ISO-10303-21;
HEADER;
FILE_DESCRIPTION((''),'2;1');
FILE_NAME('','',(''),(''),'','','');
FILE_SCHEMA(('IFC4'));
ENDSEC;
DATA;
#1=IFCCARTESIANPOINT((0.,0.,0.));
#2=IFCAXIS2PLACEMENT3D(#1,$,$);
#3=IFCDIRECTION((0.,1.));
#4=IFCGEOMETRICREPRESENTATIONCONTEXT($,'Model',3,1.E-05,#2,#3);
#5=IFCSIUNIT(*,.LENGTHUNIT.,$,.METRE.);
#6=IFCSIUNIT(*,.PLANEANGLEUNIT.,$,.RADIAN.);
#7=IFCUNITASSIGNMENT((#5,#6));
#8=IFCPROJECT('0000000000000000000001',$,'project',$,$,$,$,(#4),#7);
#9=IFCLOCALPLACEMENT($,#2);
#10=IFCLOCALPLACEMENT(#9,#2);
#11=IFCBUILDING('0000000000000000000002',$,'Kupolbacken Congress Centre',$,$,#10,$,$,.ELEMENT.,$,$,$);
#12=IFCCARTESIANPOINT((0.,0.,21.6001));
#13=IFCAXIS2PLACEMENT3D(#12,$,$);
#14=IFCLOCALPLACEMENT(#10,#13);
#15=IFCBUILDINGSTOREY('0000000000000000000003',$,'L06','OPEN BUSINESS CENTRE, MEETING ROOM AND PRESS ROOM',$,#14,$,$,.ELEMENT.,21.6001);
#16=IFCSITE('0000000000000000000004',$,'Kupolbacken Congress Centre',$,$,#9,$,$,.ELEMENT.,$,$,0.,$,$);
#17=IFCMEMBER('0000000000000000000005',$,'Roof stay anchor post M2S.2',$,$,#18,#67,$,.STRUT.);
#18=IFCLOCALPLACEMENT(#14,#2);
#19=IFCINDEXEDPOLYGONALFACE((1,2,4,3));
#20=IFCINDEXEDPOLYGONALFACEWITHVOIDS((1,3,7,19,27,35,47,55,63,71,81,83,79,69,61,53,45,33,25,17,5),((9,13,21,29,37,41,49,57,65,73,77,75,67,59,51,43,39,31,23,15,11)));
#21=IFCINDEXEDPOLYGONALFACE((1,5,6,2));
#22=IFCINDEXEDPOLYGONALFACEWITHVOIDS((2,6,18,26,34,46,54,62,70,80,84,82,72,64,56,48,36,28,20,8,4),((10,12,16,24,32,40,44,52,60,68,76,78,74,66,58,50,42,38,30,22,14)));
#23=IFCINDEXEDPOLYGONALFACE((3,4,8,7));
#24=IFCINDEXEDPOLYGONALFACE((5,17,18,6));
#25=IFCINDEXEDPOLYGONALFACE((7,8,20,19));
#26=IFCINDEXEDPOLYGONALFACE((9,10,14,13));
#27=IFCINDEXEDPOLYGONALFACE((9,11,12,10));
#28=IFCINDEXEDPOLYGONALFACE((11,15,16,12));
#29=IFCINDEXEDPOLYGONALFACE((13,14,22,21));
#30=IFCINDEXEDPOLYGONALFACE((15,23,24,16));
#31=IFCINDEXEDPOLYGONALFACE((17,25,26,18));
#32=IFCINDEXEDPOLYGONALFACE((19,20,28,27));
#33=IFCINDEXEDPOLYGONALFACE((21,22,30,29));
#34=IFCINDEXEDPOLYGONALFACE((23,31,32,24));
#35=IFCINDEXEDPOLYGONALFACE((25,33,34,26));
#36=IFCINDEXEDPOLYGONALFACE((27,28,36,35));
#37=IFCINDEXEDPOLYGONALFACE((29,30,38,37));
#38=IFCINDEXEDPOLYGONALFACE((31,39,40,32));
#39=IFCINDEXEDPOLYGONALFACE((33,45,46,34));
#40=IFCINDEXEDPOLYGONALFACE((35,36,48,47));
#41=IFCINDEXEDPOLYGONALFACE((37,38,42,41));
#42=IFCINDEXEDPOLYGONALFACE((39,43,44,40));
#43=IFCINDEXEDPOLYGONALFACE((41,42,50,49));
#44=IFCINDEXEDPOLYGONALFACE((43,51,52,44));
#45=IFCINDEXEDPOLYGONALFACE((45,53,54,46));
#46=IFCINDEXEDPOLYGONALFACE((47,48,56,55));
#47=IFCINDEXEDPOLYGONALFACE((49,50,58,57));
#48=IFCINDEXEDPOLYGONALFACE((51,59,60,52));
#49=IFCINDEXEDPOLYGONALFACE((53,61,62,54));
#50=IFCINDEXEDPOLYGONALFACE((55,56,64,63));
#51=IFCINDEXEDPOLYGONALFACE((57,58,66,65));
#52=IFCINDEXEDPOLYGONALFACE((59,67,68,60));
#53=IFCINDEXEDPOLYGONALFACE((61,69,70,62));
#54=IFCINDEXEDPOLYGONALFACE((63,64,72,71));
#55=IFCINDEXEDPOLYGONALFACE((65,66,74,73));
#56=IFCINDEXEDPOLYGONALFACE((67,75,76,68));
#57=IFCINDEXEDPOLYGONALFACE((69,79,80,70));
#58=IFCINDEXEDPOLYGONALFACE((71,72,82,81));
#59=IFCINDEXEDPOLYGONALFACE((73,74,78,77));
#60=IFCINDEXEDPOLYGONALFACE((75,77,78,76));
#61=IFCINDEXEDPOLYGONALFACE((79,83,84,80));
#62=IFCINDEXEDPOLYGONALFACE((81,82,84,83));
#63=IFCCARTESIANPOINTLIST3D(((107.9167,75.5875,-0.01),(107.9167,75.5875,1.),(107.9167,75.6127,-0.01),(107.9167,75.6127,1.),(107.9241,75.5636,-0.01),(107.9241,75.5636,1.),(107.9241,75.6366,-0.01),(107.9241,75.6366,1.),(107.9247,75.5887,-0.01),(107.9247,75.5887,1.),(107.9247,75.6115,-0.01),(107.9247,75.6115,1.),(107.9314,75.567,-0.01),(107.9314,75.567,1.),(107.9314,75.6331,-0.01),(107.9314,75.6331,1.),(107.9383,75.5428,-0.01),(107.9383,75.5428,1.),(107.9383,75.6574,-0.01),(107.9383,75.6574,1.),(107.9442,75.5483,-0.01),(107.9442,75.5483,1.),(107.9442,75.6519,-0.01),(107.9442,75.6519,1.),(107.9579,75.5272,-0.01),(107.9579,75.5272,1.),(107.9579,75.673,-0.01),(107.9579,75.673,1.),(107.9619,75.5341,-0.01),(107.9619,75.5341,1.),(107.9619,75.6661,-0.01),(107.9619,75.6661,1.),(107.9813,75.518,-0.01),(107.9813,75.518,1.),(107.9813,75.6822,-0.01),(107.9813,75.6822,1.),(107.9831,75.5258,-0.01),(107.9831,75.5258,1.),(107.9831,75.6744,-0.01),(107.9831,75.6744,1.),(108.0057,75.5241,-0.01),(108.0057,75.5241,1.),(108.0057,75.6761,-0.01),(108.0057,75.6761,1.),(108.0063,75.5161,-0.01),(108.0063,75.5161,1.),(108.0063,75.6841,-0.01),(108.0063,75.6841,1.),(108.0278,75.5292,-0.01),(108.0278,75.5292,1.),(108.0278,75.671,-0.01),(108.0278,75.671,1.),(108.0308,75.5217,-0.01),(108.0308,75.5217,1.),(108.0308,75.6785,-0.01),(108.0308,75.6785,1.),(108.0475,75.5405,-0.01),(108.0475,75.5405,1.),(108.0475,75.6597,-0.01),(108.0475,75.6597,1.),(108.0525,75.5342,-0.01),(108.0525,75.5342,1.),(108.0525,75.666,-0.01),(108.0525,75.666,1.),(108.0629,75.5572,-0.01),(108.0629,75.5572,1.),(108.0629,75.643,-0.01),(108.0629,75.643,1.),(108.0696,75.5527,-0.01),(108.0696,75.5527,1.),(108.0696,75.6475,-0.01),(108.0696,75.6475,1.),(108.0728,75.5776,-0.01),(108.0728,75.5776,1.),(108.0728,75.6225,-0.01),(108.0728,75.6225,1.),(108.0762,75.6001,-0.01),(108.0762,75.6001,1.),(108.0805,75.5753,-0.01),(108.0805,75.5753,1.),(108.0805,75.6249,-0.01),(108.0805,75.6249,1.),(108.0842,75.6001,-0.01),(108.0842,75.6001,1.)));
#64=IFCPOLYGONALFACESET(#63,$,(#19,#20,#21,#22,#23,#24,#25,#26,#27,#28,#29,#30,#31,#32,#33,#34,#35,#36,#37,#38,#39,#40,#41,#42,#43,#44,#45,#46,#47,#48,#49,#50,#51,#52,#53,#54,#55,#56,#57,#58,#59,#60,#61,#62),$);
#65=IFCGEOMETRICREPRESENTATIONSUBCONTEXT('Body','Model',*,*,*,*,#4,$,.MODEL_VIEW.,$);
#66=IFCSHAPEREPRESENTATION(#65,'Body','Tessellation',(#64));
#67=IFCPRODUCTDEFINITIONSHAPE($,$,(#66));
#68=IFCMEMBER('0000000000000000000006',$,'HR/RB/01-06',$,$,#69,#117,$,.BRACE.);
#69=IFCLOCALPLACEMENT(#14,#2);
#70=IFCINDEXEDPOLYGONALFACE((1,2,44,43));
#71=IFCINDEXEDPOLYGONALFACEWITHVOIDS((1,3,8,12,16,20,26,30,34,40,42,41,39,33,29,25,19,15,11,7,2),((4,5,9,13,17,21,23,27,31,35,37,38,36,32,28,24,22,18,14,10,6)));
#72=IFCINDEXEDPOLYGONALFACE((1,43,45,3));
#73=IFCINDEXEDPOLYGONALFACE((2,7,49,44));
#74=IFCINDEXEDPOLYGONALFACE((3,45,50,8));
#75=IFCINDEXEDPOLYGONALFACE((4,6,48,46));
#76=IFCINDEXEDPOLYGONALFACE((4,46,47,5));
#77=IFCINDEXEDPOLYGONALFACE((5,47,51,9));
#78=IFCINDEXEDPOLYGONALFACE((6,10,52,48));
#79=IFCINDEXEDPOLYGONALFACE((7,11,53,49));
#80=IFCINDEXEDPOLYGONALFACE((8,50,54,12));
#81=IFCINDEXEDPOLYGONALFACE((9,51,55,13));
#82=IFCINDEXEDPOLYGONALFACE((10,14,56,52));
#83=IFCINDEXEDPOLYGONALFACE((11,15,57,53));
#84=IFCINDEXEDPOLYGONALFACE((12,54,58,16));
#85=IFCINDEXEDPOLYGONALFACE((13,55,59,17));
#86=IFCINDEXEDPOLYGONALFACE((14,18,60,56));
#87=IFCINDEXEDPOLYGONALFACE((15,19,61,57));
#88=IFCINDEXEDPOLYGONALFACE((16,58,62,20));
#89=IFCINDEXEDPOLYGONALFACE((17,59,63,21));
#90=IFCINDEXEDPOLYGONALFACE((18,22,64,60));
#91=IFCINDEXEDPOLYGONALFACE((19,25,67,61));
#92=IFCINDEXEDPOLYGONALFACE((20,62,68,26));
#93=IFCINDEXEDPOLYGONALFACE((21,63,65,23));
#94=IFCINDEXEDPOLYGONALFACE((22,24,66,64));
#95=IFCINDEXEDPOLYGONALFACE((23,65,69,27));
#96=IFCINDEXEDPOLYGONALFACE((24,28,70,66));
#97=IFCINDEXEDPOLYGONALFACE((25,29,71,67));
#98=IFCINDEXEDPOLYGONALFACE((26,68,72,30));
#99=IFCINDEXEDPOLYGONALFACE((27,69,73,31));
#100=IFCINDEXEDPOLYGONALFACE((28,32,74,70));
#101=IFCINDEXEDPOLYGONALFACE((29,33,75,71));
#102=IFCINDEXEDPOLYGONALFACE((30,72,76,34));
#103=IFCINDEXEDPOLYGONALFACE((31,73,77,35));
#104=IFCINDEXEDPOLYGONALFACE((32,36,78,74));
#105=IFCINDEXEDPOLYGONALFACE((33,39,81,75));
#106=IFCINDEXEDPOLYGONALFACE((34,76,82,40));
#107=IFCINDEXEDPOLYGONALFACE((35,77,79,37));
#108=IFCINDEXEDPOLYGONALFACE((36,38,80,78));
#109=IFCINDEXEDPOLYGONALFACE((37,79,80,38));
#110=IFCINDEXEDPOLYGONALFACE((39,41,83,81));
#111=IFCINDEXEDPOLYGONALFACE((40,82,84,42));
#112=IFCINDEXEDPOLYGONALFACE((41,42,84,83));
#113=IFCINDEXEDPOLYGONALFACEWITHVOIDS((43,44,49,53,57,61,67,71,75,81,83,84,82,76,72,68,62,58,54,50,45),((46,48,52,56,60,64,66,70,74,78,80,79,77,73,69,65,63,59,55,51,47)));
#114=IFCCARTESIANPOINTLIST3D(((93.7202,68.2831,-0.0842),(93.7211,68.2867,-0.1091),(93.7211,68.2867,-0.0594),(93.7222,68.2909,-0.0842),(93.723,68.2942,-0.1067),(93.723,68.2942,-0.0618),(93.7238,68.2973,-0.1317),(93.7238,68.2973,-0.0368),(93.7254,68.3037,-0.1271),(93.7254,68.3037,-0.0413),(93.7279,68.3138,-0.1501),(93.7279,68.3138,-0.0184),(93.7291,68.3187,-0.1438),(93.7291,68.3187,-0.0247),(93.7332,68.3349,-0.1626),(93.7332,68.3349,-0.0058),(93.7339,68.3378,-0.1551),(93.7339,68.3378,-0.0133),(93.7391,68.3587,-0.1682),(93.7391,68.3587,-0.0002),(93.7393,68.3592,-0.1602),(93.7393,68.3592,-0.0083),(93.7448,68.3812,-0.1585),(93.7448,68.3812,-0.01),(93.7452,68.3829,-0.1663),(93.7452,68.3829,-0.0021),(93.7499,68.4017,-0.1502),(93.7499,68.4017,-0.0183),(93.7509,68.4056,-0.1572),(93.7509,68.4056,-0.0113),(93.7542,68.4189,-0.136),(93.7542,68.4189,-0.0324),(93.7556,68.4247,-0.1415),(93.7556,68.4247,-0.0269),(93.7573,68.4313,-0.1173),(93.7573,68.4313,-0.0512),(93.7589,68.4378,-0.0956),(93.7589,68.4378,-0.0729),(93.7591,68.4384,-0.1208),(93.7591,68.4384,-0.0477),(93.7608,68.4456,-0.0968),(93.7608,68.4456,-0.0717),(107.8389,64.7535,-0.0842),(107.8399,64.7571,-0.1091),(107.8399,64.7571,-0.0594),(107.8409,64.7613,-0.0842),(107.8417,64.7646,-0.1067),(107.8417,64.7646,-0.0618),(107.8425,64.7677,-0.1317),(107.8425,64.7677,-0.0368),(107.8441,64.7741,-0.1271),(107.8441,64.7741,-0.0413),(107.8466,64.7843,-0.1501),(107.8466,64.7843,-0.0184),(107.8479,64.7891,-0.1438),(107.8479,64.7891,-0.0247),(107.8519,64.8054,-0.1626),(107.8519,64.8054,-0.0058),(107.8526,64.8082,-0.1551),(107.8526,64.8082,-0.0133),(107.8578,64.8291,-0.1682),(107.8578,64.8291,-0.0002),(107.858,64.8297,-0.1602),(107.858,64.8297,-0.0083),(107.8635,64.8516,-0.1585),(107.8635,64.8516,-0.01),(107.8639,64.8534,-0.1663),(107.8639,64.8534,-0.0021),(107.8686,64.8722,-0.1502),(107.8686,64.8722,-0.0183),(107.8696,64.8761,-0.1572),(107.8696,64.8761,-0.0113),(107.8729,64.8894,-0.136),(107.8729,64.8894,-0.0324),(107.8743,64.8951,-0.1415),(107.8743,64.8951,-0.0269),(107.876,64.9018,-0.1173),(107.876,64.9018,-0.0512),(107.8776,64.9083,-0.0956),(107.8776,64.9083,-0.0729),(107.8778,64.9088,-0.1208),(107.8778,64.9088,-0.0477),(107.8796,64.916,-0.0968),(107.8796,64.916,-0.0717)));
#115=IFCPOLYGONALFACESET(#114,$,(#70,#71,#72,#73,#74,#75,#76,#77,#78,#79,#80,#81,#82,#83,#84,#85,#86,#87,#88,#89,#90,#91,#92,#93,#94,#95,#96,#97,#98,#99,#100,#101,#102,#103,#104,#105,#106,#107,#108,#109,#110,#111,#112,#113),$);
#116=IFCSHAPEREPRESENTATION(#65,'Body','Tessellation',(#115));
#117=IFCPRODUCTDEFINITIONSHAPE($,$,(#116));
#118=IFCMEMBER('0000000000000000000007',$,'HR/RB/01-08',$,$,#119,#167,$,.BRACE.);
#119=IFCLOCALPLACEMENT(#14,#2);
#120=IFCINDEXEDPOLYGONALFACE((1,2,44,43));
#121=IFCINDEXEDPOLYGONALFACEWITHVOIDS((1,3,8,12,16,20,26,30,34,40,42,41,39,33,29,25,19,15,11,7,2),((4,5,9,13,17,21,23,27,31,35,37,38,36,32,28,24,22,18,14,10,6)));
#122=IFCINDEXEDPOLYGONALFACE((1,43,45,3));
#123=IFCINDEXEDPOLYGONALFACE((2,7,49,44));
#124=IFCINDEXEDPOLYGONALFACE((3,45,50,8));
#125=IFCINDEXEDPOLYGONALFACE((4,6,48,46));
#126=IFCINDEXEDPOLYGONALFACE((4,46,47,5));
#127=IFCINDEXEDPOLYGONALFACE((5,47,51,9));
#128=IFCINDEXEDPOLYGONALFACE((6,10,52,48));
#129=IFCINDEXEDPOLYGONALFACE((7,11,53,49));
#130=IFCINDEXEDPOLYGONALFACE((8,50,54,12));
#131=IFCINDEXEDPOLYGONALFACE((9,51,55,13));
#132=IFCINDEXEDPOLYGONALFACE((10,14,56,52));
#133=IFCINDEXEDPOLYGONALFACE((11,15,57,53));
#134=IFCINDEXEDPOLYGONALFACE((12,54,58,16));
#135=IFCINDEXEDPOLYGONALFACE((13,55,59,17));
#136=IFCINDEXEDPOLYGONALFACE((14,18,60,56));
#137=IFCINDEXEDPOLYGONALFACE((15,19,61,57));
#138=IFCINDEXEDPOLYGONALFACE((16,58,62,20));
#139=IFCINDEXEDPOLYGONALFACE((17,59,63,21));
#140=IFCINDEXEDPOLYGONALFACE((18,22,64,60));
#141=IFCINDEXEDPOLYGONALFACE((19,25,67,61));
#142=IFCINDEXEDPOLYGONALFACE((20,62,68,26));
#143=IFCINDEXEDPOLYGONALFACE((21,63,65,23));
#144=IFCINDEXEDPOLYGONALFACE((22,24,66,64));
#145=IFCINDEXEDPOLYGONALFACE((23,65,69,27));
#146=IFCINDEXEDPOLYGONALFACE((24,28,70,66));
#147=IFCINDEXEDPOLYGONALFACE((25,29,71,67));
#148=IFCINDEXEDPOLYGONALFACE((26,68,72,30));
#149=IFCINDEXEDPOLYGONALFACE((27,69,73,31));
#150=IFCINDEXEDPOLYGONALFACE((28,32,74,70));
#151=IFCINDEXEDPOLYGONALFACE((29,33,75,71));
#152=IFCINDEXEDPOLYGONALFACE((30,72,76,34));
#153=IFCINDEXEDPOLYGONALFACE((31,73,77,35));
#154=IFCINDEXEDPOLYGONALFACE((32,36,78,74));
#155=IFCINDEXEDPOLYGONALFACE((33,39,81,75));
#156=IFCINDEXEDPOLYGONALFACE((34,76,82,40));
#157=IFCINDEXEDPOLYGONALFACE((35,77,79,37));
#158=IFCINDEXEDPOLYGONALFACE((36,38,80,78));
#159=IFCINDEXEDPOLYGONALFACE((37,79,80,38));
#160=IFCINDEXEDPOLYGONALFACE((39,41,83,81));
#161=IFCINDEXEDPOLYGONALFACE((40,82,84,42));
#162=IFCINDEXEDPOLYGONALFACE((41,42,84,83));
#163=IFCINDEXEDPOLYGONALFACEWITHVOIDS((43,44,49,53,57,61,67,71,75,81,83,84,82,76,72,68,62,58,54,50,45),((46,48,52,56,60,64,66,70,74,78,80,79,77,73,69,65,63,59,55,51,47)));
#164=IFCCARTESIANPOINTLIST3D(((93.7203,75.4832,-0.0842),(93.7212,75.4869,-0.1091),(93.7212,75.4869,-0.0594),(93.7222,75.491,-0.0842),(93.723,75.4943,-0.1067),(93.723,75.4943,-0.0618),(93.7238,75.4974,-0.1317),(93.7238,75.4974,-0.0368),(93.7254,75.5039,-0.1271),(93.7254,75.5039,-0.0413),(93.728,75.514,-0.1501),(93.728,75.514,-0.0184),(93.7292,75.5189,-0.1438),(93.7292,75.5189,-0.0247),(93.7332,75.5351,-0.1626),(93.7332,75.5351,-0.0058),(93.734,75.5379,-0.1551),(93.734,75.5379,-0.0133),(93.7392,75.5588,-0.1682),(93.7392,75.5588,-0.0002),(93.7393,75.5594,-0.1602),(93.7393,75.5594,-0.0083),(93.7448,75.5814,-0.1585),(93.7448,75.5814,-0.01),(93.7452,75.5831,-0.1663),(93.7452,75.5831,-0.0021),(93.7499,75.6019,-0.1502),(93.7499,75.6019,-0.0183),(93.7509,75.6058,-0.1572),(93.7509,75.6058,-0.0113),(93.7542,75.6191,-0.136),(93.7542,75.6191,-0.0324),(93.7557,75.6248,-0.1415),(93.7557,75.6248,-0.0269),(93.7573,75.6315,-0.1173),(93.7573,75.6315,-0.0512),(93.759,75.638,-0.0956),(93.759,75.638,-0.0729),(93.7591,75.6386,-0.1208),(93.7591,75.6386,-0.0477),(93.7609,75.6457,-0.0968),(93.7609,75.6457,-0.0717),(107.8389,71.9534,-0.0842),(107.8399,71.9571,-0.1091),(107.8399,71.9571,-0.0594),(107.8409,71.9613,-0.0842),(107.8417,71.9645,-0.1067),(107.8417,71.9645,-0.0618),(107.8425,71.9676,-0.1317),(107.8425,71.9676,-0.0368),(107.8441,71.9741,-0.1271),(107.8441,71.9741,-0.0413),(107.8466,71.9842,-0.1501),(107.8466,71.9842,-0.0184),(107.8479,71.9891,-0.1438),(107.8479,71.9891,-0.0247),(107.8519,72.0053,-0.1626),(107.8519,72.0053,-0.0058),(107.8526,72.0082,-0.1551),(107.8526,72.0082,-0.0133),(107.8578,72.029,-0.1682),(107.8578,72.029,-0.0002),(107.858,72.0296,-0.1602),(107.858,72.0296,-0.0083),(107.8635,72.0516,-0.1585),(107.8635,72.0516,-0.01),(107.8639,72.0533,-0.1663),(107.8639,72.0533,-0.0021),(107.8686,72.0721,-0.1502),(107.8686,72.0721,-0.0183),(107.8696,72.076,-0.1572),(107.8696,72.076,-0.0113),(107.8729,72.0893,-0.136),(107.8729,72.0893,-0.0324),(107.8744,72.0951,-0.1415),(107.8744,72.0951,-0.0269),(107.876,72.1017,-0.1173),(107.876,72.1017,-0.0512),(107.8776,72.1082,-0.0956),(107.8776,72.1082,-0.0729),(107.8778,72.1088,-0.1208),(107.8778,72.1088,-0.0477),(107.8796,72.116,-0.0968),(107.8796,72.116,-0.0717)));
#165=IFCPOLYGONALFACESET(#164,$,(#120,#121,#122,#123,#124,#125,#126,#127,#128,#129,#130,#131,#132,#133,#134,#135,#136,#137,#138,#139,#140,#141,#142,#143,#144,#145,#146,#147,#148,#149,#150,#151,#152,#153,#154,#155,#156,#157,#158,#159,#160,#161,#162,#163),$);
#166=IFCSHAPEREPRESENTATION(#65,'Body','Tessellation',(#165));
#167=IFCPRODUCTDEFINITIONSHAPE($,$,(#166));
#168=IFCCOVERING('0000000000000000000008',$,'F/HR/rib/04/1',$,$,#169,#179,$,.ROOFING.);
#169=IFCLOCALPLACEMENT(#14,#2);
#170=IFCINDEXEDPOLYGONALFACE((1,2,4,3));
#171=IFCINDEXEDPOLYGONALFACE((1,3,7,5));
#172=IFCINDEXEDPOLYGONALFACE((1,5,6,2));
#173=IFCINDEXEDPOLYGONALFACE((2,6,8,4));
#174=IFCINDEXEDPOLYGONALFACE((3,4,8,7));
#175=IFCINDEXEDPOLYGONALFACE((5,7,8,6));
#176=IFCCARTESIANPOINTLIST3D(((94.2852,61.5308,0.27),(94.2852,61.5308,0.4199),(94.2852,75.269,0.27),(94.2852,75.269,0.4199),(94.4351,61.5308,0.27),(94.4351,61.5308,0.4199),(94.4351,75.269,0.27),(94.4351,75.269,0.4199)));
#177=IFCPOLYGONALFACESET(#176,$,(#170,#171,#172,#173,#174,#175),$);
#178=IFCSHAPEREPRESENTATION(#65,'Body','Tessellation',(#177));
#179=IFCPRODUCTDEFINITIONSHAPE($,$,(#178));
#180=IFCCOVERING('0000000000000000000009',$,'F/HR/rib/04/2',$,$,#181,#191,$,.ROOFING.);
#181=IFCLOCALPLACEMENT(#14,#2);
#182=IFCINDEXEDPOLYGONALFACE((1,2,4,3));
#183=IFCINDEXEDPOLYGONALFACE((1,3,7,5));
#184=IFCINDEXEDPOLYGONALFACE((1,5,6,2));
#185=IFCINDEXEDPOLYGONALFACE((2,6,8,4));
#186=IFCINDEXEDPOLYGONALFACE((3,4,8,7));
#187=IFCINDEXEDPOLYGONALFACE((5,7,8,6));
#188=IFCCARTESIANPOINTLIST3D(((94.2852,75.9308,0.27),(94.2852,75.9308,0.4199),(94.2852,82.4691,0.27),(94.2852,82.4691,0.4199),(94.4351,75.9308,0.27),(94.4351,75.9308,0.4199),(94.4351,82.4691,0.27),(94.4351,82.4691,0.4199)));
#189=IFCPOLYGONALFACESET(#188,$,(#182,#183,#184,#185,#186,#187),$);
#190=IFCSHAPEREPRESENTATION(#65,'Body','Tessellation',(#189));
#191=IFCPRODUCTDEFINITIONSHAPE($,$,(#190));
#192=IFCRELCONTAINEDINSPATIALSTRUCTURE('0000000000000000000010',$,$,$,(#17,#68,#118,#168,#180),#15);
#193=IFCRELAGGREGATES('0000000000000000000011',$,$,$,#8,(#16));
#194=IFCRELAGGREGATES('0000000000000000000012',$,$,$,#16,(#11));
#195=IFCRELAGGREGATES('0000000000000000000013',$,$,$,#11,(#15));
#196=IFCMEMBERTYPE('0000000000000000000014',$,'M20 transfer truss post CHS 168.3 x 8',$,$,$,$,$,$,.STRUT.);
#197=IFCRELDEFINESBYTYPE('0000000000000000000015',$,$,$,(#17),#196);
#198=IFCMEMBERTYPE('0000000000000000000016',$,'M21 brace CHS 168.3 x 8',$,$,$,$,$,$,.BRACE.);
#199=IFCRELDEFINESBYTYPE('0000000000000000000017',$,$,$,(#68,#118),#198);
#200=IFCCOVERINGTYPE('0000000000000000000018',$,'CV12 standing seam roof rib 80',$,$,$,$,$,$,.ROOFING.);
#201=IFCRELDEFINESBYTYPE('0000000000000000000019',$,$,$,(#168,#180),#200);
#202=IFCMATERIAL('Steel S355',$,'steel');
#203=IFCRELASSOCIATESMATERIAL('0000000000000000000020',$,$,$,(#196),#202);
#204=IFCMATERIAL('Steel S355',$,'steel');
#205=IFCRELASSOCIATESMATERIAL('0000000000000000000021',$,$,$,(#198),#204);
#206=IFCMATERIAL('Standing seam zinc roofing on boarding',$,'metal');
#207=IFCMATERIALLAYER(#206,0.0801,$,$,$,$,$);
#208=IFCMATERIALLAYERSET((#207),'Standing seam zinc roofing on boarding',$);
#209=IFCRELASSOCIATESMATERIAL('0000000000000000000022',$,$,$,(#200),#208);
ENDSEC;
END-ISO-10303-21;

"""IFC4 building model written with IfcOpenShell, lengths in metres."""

from ifc_helpers import new_model, si_unit, direction, frame, origin, origin_2d, place, context, subcontext, project, spatial, rectangle, hollow_circle, extrude, material, layer, layer_set, material_profile, profile_set, type_object, element, save


model = new_model("IFC4")

# Units and contexts
model_context = context("Model", 3, precision=1e-05, world=origin(), true_north=direction((0.0, 1.0)))
body_context = subcontext(model_context, "Body", "Model", "MODEL_VIEW")
ifc_project = project(units=[si_unit("LENGTHUNIT", "METRE"), si_unit("PLANEANGLEUNIT", "RADIAN")], contexts=[model_context])

# Site, building, storey
site_placement = place(None, origin())
site = spatial("IfcSite", under=ifc_project, at=site_placement, Name="Kupolbacken Congress Centre", CompositionType="ELEMENT", RefElevation=0.0)
building_placement = place(site_placement, origin())
building = spatial("IfcBuilding", under=site, at=building_placement, Name="Kupolbacken Congress Centre", CompositionType="ELEMENT")
storey_placement = place(building_placement, frame((0.0, 0.0, 21.6001)))
storey = spatial("IfcBuildingStorey", under=building, at=storey_placement, Name="L06", Description="OPEN BUSINESS CENTRE, MEETING ROOM AND PRESS ROOM", CompositionType="ELEMENT", Elevation=21.6001)

# Members
ifc_material_1 = material(Name="Steel S355", Category="steel")
ifc_material_profile_1 = material_profile(ifc_material_1, hollow_circle(Radius=0.0842, WallThickness=0.0081, at=origin_2d()), Name="CHS 168.3 x 8")
ifc_profile_set_1 = profile_set([ifc_material_profile_1], Name="Steel S355")
member_type_1 = type_object("IfcMemberType", Name="M20 transfer truss post CHS 168.3 x 8", PredefinedType="STRUT", material=ifc_profile_set_1)
for number, where, z_axis, x_axis, name in (
    (1, (108.0, 75.6001, -0.01), (0.0, 0.0, 1.0), (1.0, 0.0, 0.0), "Roof stay anchor post M2S.2"),
):
    element("IfcMember", number, at=place(storey_placement, frame(where, z_axis=z_axis, x_axis=x_axis)), inside=storey, type_object=member_type_1, Name=name, PredefinedType="STRUT", context=body_context, shape_type="SweptSolid", body=[
        extrude(hollow_circle(Radius=0.0842, WallThickness=0.0081, at=origin_2d()), origin(), (0.0, 0.0, 1.0), 1.01),
    ])
ifc_material_2 = material(Name="Steel S355", Category="steel")
ifc_material_profile_2 = material_profile(ifc_material_2, hollow_circle(Radius=0.0842, WallThickness=0.0081, at=origin_2d()), Name="CHS 168.3 x 8")
ifc_profile_set_2 = profile_set([ifc_material_profile_2], Name="Steel S355")
member_type_2 = type_object("IfcMemberType", Name="M21 brace CHS 168.3 x 8", PredefinedType="BRACE", material=ifc_profile_set_2)
for number, where, z_axis, x_axis, name in (
    (2, (107.8594, 64.8352, -0.0842), (-0.970144, 0.242528, 0.0), (-0.242528, -0.970144, 0.0), "HR/RB/01-06"),
    (3, (107.8594, 72.0352, -0.0842), (-0.970141, 0.242544, 0.0), (-0.242544, -0.970141, 0.0), "HR/RB/01-08"),
):
    element("IfcMember", number, at=place(storey_placement, frame(where, z_axis=z_axis, x_axis=x_axis)), inside=storey, type_object=member_type_2, Name=name, PredefinedType="BRACE", context=body_context, shape_type="SweptSolid", body=[
        extrude(hollow_circle(Radius=0.0842, WallThickness=0.0081, at=origin_2d()), origin(), (0.0, 0.0, 1.0), 14.5532),
    ])

# Coverings
ifc_material_3 = material(Name="Standing seam zinc roofing on boarding", Category="metal")
ifc_layer_1 = layer(ifc_material_3, 0.0801)
ifc_layer_set_1 = layer_set([ifc_layer_1], Name="Standing seam zinc roofing on boarding")
covering_type = type_object("IfcCoveringType", Name="CV12 standing seam roof rib 80", PredefinedType="ROOFING", material=ifc_layer_set_1)
covering_1_placement = place(storey_placement, frame((94.3601, 68.3999, 0.27), z_axis=(0.0, 0.0, 1.0), x_axis=(0.0, 1.0, 0.0)))
element("IfcCovering", 4, at=covering_1_placement, inside=storey, type_object=covering_type, Name="F/HR/rib/04/1", PredefinedType="ROOFING", context=body_context, shape_type="SweptSolid", body=[
    extrude(rectangle(XDim=13.7383, YDim=0.1499, at=origin_2d()), origin(), (0.0, 0.0, 1.0), 0.1499),
])
covering_2_placement = place(storey_placement, frame((94.3601, 79.2, 0.27), z_axis=(0.0, 0.0, 1.0), x_axis=(0.0, 1.0, 0.0)))
element("IfcCovering", 5, at=covering_2_placement, inside=storey, type_object=covering_type, Name="F/HR/rib/04/2", PredefinedType="ROOFING", context=body_context, shape_type="SweptSolid", body=[
    extrude(rectangle(XDim=6.5383, YDim=0.1499, at=origin_2d()), origin(), (0.0, 0.0, 1.0), 0.1499),
])

save(model, "model.ifc")
